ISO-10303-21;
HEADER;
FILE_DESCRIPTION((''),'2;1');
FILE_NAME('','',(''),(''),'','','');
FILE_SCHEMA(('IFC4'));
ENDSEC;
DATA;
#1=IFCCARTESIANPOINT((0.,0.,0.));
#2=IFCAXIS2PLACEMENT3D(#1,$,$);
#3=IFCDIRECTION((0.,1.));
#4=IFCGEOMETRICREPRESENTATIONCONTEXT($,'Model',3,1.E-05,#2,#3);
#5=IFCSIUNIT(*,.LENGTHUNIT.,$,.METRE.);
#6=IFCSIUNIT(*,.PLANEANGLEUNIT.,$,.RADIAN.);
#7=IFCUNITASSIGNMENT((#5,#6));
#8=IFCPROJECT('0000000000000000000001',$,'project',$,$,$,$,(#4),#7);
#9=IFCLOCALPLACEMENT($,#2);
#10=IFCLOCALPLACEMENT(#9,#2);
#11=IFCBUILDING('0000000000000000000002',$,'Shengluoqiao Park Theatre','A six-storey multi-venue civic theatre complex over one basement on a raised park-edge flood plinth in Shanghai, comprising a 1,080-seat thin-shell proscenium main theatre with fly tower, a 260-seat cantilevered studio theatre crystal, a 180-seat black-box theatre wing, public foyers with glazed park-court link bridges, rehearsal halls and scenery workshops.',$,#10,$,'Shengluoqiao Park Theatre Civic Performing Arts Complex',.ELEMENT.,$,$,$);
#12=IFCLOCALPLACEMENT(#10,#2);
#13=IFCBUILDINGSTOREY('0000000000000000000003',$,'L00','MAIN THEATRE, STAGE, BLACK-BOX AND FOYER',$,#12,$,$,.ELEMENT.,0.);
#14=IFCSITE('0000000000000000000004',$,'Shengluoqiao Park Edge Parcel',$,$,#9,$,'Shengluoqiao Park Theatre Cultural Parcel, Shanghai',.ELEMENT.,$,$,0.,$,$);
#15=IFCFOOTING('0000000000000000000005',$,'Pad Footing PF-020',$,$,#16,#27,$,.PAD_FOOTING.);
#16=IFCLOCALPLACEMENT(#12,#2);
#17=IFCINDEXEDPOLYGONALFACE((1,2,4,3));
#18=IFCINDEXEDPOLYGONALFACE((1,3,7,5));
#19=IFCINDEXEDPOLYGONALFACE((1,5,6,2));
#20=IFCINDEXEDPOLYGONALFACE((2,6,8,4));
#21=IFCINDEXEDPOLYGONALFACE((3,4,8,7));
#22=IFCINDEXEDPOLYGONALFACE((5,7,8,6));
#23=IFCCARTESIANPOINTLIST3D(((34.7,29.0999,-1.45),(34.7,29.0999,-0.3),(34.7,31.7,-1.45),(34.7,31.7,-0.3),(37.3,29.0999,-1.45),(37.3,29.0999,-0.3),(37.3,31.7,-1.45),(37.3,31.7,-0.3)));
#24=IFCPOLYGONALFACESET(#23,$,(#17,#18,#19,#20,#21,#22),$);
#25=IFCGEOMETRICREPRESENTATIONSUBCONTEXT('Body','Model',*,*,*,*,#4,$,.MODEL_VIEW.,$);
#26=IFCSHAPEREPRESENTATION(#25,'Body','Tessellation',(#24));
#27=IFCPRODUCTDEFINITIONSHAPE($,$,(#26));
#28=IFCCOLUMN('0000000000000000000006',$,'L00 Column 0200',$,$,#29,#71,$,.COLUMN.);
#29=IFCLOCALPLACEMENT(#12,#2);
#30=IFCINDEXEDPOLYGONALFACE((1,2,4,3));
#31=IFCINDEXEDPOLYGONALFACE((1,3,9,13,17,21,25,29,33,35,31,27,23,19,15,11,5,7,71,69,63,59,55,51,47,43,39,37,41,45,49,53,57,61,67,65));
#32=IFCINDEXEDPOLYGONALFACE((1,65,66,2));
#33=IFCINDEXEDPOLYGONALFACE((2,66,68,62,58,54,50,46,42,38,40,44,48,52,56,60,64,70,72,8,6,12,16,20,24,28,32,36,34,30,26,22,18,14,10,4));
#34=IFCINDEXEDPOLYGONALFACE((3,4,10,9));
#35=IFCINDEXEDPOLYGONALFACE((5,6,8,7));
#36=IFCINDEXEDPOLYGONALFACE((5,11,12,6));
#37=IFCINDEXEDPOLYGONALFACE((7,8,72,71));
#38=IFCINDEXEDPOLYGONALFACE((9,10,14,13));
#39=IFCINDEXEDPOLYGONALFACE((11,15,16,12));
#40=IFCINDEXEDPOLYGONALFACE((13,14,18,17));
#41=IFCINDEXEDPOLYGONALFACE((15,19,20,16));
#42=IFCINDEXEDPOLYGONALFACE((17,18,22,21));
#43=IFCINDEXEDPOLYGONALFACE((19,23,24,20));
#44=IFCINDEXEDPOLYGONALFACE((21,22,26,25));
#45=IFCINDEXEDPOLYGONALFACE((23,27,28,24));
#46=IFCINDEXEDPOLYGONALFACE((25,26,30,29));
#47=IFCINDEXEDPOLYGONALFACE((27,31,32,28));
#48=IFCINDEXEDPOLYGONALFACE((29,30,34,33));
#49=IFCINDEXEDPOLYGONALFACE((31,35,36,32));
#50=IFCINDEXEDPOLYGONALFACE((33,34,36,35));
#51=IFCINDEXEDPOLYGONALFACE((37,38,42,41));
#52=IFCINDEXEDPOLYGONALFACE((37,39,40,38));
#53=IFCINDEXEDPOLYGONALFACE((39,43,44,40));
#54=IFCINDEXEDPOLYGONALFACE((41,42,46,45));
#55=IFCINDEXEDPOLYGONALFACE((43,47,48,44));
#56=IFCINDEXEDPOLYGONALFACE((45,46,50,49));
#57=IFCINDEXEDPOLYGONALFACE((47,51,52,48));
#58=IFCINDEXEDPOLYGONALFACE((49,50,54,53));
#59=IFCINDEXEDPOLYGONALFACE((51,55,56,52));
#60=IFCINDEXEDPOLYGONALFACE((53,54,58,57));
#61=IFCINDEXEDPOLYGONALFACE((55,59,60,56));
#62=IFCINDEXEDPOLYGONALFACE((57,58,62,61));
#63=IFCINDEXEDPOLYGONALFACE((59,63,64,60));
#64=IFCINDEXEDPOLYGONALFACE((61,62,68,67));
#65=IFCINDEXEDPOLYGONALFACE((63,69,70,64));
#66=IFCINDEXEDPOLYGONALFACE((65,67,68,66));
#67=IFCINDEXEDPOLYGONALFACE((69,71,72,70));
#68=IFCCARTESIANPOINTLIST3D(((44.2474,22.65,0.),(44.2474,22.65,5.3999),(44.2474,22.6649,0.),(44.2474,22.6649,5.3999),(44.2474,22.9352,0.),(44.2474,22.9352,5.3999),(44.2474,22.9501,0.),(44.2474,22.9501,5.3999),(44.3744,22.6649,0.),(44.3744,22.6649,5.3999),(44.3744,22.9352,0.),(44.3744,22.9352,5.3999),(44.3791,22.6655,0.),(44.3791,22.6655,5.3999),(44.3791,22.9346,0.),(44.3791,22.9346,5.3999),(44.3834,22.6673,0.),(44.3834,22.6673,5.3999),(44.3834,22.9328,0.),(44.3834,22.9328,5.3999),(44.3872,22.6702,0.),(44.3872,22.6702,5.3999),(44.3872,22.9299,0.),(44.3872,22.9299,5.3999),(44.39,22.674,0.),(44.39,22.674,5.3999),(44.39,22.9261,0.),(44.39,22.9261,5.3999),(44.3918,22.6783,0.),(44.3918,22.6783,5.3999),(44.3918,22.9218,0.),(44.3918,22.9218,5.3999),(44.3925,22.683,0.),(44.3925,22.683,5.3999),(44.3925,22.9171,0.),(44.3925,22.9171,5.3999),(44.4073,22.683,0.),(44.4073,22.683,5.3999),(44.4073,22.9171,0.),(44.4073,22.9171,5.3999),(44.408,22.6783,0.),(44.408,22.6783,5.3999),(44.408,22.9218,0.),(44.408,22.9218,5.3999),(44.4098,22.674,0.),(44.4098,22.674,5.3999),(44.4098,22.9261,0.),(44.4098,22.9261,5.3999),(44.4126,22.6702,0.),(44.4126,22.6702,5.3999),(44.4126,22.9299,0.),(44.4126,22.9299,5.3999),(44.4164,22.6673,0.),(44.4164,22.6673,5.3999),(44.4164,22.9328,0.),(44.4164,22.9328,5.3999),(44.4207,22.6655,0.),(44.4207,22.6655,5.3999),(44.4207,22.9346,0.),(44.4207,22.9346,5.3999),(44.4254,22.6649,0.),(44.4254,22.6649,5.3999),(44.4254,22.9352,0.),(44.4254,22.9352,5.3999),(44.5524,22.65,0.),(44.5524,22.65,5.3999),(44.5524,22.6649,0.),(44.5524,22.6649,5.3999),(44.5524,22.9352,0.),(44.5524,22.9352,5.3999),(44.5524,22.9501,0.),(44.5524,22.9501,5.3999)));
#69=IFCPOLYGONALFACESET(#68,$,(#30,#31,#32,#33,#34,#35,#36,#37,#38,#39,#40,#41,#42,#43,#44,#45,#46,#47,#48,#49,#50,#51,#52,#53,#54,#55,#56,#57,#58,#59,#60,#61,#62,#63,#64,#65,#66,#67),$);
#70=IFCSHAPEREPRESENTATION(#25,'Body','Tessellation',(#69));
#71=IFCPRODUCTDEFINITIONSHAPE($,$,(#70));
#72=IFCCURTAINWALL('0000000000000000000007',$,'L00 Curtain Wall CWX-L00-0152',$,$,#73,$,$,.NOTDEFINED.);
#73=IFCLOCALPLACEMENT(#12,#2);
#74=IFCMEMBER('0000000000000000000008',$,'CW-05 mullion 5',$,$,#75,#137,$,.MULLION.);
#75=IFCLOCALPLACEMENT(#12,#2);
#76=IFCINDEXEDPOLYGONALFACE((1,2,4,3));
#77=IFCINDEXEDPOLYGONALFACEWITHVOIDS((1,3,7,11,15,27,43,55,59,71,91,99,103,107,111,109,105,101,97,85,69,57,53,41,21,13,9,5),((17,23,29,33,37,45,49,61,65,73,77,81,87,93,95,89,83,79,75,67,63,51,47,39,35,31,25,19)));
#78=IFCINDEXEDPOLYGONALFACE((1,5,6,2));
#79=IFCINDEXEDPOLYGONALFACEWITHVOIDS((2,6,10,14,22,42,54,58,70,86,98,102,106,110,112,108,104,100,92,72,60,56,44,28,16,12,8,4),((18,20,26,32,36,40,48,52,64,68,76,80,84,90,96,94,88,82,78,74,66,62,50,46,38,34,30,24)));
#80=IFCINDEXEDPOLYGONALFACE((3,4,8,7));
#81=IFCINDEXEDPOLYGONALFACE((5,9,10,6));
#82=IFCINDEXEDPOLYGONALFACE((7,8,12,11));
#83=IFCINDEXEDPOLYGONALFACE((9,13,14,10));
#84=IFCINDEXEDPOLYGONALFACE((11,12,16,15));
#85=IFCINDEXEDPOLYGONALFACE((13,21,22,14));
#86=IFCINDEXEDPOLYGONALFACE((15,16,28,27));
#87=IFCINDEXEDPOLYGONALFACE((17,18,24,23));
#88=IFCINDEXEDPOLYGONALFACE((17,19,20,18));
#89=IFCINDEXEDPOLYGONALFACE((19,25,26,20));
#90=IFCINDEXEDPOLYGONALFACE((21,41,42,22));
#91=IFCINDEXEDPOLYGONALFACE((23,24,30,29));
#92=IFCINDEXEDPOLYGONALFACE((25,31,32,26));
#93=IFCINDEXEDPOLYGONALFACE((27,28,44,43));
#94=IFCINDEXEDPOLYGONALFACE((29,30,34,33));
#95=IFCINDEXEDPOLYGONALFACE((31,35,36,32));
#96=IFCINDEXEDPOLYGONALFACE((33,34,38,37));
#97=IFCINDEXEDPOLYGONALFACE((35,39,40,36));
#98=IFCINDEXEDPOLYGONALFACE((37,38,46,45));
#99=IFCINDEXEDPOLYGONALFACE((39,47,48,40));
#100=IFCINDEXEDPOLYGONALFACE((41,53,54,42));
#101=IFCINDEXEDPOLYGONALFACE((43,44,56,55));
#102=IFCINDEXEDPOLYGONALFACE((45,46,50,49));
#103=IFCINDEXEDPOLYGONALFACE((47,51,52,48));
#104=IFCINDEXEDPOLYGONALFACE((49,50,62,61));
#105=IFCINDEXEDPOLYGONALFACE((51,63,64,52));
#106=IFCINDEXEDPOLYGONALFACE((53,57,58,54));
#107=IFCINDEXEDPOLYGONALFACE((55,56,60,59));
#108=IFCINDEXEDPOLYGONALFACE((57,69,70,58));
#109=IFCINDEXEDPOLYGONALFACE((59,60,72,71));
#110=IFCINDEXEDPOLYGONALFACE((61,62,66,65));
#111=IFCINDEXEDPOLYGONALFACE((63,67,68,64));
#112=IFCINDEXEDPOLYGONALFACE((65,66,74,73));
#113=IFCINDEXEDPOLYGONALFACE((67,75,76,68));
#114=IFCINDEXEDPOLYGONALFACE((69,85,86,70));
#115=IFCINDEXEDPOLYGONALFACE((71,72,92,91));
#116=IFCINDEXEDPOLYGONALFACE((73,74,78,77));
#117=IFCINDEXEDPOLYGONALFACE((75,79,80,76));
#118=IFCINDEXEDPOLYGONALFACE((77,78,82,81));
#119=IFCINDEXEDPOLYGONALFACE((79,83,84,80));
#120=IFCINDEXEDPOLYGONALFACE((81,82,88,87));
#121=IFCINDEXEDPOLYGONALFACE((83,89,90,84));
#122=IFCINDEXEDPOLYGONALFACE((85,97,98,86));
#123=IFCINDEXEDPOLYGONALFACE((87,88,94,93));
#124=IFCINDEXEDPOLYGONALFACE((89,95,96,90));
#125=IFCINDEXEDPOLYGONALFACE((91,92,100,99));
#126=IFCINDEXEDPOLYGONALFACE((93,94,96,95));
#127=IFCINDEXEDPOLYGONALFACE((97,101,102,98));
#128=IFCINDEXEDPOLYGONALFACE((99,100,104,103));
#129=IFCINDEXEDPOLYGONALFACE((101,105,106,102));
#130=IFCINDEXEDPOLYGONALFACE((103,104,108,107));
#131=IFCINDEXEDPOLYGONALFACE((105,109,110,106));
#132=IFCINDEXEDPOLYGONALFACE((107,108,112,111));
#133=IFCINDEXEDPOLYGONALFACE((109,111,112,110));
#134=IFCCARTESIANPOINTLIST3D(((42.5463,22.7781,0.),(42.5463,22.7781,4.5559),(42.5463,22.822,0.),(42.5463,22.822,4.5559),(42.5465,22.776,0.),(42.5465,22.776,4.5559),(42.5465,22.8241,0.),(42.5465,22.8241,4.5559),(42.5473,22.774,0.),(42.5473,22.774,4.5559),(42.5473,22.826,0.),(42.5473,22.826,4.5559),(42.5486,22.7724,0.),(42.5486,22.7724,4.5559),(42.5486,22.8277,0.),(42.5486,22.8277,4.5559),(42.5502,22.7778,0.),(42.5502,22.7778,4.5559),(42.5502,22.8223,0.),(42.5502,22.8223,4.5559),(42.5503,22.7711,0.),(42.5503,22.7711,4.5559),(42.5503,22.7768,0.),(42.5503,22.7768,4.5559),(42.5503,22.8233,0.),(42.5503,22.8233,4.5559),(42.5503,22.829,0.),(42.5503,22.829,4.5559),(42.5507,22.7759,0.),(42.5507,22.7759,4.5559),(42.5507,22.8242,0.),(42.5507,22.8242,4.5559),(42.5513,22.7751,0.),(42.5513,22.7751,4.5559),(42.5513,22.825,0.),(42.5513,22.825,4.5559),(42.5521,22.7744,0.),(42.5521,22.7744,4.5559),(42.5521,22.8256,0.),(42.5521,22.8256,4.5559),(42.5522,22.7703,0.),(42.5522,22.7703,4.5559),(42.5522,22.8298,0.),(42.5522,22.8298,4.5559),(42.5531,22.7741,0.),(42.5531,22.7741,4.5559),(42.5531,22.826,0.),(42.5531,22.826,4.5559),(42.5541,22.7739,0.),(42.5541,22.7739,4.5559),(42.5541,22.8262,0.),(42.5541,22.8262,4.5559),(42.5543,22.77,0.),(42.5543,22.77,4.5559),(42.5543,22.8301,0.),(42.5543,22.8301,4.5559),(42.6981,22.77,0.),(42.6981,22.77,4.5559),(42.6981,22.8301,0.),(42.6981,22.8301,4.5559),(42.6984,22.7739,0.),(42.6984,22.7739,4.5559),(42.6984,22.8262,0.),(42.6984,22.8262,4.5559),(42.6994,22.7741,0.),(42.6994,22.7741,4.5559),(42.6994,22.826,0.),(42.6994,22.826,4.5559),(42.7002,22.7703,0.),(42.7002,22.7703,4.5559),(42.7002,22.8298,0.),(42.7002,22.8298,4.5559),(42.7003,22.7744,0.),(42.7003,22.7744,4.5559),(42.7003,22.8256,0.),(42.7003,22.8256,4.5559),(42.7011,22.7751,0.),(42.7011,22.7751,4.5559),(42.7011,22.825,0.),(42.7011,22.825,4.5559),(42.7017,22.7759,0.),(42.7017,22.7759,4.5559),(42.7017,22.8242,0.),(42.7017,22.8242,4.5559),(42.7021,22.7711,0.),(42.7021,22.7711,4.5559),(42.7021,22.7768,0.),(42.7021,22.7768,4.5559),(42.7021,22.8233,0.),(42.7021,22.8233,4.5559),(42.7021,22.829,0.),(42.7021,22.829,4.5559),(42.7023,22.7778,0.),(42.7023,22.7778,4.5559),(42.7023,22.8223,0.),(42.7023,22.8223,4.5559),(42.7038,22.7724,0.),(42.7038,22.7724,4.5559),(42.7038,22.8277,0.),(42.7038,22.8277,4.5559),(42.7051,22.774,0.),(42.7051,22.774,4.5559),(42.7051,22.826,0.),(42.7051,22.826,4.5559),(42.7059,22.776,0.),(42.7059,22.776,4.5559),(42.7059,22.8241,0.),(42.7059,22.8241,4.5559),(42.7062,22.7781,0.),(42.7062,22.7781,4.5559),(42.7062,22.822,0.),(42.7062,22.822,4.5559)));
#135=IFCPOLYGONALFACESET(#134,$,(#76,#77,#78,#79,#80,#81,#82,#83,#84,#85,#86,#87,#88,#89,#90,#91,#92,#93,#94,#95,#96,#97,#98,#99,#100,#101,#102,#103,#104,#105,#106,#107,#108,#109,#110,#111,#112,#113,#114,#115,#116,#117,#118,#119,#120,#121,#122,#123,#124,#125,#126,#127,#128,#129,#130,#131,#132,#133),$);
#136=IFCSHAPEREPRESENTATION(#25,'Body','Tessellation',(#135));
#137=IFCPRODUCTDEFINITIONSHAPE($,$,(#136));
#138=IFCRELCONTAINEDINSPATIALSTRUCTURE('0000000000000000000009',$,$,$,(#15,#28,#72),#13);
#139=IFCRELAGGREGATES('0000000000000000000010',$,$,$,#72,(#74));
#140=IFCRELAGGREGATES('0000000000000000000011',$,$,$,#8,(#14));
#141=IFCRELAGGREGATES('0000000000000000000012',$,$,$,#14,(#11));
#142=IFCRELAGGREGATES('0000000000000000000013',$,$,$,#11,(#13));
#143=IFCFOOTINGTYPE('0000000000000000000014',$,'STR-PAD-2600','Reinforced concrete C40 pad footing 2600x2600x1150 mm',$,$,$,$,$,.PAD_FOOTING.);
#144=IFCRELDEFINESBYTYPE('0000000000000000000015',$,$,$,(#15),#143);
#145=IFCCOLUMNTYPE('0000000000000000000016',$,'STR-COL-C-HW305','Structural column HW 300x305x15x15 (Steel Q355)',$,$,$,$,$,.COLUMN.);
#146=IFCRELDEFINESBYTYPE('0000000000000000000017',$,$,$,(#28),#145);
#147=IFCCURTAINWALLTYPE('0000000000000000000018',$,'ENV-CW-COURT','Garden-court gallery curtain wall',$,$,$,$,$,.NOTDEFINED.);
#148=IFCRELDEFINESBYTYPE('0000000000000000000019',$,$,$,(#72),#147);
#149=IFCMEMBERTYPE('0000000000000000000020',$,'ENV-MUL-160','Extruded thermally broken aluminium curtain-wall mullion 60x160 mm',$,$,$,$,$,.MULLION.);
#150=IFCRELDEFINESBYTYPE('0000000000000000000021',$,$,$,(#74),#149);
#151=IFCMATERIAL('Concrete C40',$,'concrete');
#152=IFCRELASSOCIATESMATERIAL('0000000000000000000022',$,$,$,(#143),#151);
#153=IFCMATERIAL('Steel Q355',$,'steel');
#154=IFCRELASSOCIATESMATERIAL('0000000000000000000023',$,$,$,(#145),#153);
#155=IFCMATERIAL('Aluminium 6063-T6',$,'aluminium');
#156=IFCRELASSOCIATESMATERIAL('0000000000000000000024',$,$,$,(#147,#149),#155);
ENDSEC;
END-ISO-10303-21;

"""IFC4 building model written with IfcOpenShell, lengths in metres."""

from ifc_helpers import new_model, si_unit, direction, frame, origin, origin_2d, place, context, subcontext, project, spatial, rectangle, hollow_rectangle, i_section, extrude, material, material_profile, profile_set, type_object, element, aggregate, save


model = new_model("IFC4")

# Units and contexts
model_context = context("Model", 3, precision=1e-05, world=origin(), true_north=direction((0.0, 1.0)))
body_context = subcontext(model_context, "Body", "Model", "MODEL_VIEW")
ifc_project = project(units=[si_unit("LENGTHUNIT", "METRE"), si_unit("PLANEANGLEUNIT", "RADIAN")], contexts=[model_context])

# Site, building, storey
site_placement = place(None, origin())
site = spatial("IfcSite", under=ifc_project, at=site_placement, Name="Shengluoqiao Park Edge Parcel", LongName="Shengluoqiao Park Theatre Cultural Parcel, Shanghai", CompositionType="ELEMENT", RefElevation=0.0)
building_placement = place(site_placement, origin())
building = spatial("IfcBuilding", under=site, at=building_placement, Name="Shengluoqiao Park Theatre", Description="A six-storey multi-venue civic theatre complex over one basement on a raised park-edge flood plinth in Shanghai, comprising a 1,080-seat thin-shell proscenium main theatre with fly tower, a 260-seat cantilevered studio theatre crystal, a 180-seat black-box theatre wing, public foyers with glazed park-court link bridges, rehearsal halls and scenery workshops.", LongName="Shengluoqiao Park Theatre Civic Performing Arts Complex", CompositionType="ELEMENT")
storey_placement = place(building_placement, origin())
storey = spatial("IfcBuildingStorey", under=building, at=storey_placement, Name="L00", Description="MAIN THEATRE, STAGE, BLACK-BOX AND FOYER", CompositionType="ELEMENT", Elevation=0.0)

# Footing
ifc_material_1 = material(Name="Concrete C40", Category="concrete")
footing_type = type_object("IfcFootingType", Name="STR-PAD-2600", Description="Reinforced concrete C40 pad footing 2600x2600x1150 mm", PredefinedType="PAD_FOOTING", material=ifc_material_1)
footing_placement = place(storey_placement, frame((36.0, 30.3999, -1.45), z_axis=(0.0, 0.0, 1.0), x_axis=(1.0, 0.0, 0.0)))
element("IfcFooting", 1, at=footing_placement, inside=storey, type_object=footing_type, Name="Pad Footing PF-020", PredefinedType="PAD_FOOTING", context=body_context, shape_type="SweptSolid", body=[
    extrude(rectangle(XDim=2.6001, YDim=2.6001, at=origin_2d()), origin(), (0.0, 0.0, 1.0), 1.1499),
])

# Column
ifc_material_2 = material(Name="Steel Q355", Category="steel")
ifc_material_profile_1 = material_profile(ifc_material_2, i_section(OverallWidth=0.3049, OverallDepth=0.3, WebThickness=0.0149, FlangeThickness=0.0149, FilletRadius=0.0181, at=origin_2d()), Name="HW 300x305x15x15")
ifc_profile_set_1 = profile_set([ifc_material_profile_1], Name="Steel Q355")
column_type = type_object("IfcColumnType", Name="STR-COL-C-HW305", Description="Structural column HW 300x305x15x15 (Steel Q355)", PredefinedType="COLUMN", material=ifc_profile_set_1)
column_placement = place(storey_placement, frame((44.3999, 22.8, 0.0), z_axis=(0.0, 0.0, 1.0), x_axis=(1.0, 0.0, 0.0)))
element("IfcColumn", 2, at=column_placement, inside=storey, type_object=column_type, Name="L00 Column 0200", PredefinedType="COLUMN", context=body_context, shape_type="SweptSolid", body=[
    extrude(i_section(OverallWidth=0.3049, OverallDepth=0.3, WebThickness=0.0149, FlangeThickness=0.0149, FilletRadius=0.0181, at=origin_2d()), origin(), (0.0, 0.0, 1.0), 5.3999),
])

# Curtain wall, member
ifc_material_3 = material(Name="Aluminium 6063-T6", Category="aluminium")
curtain_wall_type = type_object("IfcCurtainWallType", Name="ENV-CW-COURT", Description="Garden-court gallery curtain wall", PredefinedType="NOTDEFINED", material=ifc_material_3)
curtain_wall_1_placement = place(storey_placement, origin())
curtain_wall_1 = element("IfcCurtainWall", 3, at=curtain_wall_1_placement, inside=storey, type_object=curtain_wall_type, Name="L00 Curtain Wall CWX-L00-0152", PredefinedType="NOTDEFINED")
ifc_material_profile_2 = material_profile(ifc_material_3, hollow_rectangle(XDim=0.0601, YDim=0.1599, WallThickness=0.0039, InnerFilletRadius=0.0039, OuterFilletRadius=0.0081, at=origin_2d()), Name="ALU MULLION 160x60x4")
ifc_profile_set_2 = profile_set([ifc_material_profile_2], Name="Aluminium 6063-T6")
member_type_1 = type_object("IfcMemberType", Name="ENV-MUL-160", Description="Extruded thermally broken aluminium curtain-wall mullion 60x160 mm", PredefinedType="MULLION", material=ifc_profile_set_2)
member_1_placement = place(storey_placement, frame((42.6262, 22.8, 0.0), z_axis=(0.0, 0.0, 1.0), x_axis=(0.0, 1.0, 0.0)))
member_1 = element("IfcMember", 4, at=member_1_placement, type_object=member_type_1, Name="CW-05 mullion 5", PredefinedType="MULLION", context=body_context, shape_type="SweptSolid", body=[
    extrude(hollow_rectangle(XDim=0.0601, YDim=0.1599, WallThickness=0.0039, InnerFilletRadius=0.0039, OuterFilletRadius=0.0081, at=origin_2d()), origin(), (0.0, 0.0, 1.0), 4.5559),
])

aggregate(curtain_wall_1, [member_1])

save(model, "model.ifc")
